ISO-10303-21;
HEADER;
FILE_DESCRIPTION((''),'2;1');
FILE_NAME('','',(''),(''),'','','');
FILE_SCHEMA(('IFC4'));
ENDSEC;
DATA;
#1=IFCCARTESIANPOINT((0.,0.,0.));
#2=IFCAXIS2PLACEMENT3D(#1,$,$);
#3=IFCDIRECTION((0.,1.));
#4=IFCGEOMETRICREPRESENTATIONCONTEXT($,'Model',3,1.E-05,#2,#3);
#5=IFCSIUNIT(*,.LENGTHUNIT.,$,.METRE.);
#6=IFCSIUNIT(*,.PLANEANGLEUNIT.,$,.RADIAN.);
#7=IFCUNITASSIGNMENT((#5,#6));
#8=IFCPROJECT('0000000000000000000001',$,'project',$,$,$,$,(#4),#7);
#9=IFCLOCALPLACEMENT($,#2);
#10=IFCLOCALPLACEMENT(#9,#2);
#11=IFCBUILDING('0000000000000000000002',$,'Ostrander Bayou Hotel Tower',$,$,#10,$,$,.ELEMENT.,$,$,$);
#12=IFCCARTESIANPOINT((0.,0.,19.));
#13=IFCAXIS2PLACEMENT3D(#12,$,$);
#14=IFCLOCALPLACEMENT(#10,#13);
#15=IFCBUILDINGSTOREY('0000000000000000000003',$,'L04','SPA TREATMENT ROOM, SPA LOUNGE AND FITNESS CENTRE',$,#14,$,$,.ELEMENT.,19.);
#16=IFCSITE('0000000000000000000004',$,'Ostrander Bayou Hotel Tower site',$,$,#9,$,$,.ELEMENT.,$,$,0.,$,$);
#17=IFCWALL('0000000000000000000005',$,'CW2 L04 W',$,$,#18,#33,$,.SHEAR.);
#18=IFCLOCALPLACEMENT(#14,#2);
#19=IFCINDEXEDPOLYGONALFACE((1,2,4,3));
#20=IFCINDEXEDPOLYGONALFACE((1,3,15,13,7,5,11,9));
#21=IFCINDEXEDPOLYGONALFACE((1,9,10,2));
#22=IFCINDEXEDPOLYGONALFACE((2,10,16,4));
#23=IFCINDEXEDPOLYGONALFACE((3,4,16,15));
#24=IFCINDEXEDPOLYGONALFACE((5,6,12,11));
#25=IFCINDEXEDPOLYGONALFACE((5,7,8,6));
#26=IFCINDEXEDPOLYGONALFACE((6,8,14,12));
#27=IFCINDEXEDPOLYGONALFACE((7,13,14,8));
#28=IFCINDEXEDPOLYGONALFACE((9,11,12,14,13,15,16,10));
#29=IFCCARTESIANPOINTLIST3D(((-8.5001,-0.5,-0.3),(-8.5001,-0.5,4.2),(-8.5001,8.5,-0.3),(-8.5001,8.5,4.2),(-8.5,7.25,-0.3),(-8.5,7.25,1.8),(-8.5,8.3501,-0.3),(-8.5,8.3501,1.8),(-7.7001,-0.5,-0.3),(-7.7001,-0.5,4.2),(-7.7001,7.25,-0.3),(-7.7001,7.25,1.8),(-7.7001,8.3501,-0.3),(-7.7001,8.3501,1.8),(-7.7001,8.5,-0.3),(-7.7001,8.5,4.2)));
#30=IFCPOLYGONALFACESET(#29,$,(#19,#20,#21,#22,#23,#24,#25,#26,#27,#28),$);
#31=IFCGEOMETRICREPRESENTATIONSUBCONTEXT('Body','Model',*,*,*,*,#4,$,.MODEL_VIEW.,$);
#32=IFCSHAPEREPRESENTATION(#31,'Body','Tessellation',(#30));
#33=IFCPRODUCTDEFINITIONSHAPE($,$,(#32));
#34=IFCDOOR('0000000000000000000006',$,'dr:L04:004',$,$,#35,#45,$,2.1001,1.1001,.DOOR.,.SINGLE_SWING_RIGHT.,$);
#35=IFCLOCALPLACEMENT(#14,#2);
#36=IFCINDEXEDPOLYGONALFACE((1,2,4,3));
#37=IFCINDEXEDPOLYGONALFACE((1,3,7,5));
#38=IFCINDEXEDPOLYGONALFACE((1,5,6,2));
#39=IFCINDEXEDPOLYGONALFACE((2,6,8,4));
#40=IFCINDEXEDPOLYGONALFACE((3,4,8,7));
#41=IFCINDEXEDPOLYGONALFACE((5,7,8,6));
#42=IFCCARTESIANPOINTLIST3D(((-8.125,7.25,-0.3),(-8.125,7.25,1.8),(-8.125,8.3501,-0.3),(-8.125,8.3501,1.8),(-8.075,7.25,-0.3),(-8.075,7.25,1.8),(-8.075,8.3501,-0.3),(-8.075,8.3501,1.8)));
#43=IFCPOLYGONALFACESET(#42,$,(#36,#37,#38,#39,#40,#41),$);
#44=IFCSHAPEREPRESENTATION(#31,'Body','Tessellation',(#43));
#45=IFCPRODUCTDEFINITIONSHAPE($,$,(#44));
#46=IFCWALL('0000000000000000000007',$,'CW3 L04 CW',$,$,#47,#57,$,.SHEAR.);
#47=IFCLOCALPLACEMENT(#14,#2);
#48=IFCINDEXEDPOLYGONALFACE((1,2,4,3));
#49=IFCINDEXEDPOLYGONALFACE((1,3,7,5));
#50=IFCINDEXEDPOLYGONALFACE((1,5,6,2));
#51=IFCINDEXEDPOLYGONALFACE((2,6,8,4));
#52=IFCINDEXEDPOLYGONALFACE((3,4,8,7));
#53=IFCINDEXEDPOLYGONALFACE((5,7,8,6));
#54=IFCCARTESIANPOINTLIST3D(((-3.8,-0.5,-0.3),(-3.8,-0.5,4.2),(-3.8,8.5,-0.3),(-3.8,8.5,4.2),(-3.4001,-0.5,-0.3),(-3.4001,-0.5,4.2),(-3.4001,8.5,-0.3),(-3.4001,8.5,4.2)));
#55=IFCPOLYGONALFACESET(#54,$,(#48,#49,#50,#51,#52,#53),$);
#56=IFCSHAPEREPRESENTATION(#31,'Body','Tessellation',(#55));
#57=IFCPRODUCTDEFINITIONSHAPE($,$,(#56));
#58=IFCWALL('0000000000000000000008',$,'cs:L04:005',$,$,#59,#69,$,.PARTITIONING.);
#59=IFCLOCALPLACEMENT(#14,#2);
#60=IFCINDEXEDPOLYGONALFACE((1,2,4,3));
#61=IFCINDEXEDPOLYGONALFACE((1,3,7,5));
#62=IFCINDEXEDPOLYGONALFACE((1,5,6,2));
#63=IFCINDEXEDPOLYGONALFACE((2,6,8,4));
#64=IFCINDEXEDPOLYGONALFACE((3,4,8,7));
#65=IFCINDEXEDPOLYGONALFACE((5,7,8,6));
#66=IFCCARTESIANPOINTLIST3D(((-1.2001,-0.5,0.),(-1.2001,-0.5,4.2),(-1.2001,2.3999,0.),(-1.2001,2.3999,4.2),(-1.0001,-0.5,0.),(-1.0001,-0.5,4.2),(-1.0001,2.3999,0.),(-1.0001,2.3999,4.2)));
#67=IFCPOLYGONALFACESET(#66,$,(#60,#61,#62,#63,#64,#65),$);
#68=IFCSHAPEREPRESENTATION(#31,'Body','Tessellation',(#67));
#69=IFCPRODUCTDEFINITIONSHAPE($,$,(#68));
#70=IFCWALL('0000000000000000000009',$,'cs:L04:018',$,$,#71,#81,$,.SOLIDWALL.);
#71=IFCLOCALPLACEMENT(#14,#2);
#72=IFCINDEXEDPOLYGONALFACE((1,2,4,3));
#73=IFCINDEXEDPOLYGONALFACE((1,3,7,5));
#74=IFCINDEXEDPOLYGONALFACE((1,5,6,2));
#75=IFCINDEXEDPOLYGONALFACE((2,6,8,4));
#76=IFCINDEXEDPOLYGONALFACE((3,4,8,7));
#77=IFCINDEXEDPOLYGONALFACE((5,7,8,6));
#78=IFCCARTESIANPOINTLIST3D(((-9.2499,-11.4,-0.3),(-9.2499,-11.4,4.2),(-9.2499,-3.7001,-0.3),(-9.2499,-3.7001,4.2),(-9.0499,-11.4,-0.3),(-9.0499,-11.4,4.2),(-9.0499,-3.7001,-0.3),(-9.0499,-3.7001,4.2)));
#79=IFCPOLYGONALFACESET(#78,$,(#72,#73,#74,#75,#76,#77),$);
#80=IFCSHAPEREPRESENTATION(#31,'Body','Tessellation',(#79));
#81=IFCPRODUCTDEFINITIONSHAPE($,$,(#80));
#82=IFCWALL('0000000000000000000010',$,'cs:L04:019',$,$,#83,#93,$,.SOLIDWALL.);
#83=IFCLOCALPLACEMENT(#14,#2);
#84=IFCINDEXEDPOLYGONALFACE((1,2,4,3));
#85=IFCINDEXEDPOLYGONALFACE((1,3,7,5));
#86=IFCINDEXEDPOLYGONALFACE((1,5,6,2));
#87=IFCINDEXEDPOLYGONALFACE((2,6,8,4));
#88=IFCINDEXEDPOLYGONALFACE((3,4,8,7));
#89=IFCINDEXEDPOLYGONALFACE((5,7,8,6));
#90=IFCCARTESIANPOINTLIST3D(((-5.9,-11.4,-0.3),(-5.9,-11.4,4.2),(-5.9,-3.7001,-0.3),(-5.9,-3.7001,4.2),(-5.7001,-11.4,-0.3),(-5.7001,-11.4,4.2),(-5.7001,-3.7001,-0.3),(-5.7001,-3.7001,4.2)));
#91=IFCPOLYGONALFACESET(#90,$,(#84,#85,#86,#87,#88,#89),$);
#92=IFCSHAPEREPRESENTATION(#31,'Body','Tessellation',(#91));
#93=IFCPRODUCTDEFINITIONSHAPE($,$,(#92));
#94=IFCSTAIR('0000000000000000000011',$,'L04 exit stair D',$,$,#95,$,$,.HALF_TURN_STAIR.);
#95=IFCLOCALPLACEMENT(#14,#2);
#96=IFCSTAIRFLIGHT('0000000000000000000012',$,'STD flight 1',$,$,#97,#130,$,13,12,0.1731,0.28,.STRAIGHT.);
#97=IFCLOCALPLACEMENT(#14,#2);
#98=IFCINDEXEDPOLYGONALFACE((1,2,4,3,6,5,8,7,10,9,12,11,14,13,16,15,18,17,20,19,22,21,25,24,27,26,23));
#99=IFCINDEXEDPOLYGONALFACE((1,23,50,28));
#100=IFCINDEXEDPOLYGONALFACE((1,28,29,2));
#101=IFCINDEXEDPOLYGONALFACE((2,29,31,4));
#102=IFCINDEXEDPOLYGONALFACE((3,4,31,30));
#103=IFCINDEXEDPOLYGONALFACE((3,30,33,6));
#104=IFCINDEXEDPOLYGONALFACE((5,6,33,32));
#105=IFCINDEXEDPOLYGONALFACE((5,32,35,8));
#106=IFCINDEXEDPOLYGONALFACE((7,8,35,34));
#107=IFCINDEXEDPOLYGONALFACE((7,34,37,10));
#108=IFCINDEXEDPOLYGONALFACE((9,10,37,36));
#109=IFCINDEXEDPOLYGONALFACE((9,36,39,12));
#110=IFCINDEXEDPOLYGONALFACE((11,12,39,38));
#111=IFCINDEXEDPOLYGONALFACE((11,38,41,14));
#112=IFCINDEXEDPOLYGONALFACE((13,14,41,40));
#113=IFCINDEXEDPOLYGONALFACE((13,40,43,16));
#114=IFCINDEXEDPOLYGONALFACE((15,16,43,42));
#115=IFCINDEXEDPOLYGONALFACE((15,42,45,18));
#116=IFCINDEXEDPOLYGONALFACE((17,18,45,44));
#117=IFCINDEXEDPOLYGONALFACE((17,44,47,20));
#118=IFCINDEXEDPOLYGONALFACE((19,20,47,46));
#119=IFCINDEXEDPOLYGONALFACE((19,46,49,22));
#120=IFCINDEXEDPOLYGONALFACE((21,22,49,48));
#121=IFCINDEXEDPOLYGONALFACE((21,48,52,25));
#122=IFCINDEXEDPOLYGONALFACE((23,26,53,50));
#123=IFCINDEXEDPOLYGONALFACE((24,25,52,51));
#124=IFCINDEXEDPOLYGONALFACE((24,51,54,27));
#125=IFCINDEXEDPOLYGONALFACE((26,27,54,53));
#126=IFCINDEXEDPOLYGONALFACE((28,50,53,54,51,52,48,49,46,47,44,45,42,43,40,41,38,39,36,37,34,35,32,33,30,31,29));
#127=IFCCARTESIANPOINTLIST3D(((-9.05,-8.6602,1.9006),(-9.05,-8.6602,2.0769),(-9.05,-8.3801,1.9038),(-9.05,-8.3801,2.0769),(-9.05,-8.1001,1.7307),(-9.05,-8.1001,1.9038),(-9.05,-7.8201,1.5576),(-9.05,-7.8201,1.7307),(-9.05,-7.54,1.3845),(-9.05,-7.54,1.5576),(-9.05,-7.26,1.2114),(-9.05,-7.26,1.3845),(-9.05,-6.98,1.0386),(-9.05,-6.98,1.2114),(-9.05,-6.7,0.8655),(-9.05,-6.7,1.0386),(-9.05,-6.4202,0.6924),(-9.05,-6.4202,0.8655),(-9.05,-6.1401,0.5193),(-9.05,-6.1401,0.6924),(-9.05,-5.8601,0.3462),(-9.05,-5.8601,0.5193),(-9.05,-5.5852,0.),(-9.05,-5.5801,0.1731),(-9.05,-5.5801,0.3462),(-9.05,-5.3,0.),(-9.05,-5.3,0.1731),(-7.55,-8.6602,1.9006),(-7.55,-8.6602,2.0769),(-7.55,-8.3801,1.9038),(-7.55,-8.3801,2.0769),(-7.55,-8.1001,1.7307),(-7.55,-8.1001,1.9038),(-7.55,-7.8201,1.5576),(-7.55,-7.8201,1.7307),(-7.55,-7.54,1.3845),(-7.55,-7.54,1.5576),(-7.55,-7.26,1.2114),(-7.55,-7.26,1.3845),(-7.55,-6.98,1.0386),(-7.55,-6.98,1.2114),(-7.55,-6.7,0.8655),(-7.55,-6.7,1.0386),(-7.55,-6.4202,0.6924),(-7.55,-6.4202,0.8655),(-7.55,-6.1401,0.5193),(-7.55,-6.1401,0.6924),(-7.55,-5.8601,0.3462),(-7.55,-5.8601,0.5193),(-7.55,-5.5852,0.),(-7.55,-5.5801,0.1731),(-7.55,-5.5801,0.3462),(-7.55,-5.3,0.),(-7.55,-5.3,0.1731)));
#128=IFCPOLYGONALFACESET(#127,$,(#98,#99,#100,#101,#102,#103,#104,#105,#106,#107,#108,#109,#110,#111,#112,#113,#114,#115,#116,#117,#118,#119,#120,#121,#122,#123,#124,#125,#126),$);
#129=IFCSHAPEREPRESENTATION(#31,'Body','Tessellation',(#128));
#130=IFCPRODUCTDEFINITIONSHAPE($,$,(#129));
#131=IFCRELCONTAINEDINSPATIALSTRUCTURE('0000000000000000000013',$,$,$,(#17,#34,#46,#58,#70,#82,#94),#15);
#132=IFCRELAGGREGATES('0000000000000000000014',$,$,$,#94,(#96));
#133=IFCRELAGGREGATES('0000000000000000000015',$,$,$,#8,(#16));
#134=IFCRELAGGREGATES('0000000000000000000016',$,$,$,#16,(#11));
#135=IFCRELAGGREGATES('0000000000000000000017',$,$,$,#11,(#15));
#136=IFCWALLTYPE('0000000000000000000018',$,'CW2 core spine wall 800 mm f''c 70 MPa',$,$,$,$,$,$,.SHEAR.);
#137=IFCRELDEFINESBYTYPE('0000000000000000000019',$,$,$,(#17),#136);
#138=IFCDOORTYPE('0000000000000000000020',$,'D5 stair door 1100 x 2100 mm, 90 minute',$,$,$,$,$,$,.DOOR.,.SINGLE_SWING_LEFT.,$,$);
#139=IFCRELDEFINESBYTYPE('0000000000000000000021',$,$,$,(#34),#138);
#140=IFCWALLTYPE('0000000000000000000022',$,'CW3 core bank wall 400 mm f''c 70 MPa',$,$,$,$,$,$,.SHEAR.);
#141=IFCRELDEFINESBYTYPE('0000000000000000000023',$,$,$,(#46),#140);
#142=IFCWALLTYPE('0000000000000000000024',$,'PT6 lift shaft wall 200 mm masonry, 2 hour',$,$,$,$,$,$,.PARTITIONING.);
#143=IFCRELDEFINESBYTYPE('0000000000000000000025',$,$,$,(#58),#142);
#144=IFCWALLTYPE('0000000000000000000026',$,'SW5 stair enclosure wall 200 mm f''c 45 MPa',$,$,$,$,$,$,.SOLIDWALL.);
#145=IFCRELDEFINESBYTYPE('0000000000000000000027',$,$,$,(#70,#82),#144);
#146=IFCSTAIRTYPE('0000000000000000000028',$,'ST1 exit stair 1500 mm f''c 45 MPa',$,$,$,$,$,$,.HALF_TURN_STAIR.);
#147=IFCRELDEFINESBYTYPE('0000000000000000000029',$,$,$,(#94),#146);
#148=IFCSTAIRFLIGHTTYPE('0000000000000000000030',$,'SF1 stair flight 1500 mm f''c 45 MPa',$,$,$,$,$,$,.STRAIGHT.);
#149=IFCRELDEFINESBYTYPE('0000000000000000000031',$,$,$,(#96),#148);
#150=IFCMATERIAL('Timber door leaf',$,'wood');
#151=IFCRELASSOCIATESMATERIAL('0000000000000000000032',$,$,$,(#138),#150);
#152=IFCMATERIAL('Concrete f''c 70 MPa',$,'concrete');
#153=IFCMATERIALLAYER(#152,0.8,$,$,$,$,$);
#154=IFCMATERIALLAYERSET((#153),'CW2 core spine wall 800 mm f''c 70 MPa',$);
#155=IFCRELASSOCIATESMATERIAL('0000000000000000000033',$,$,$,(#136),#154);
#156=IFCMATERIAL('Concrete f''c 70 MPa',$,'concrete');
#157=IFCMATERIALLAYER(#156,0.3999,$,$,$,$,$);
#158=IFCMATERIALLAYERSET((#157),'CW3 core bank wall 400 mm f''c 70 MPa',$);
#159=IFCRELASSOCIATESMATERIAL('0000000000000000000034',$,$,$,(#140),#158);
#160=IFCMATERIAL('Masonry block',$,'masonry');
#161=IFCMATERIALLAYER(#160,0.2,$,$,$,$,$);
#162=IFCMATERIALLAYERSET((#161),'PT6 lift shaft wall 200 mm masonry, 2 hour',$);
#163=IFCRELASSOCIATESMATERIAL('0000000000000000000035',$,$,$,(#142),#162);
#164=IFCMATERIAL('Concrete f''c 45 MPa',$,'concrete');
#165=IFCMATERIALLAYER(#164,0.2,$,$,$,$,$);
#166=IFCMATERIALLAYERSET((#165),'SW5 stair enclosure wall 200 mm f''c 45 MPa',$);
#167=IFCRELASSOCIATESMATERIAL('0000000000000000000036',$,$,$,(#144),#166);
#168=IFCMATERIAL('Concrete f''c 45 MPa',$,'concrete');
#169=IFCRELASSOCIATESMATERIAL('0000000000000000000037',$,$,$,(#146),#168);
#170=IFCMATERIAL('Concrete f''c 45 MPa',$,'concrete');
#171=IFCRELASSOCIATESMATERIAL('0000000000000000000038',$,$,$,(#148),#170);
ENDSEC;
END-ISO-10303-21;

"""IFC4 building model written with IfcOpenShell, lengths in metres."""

from ifc_helpers import new_model, si_unit, direction, frame, frame_2d, origin, place, context, subcontext, project, spatial, polyline, rectangle, outline, extrude, material, layer, layer_set, type_object, element, fill, aggregate, save


model = new_model("IFC4")

# Units and contexts
model_context = context("Model", 3, precision=1e-05, world=origin(), true_north=direction((0.0, 1.0)))
body_context = subcontext(model_context, "Body", "Model", "MODEL_VIEW")
ifc_project = project(units=[si_unit("LENGTHUNIT", "METRE"), si_unit("PLANEANGLEUNIT", "RADIAN")], contexts=[model_context])

# Site, building, storey
site_placement = place(None, origin())
site = spatial("IfcSite", under=ifc_project, at=site_placement, Name="Ostrander Bayou Hotel Tower site", CompositionType="ELEMENT", RefElevation=0.0)
building_placement = place(site_placement, origin())
building = spatial("IfcBuilding", under=site, at=building_placement, Name="Ostrander Bayou Hotel Tower", CompositionType="ELEMENT")
storey_placement = place(building_placement, frame((0.0, 0.0, 19.0)))
storey = spatial("IfcBuildingStorey", under=building, at=storey_placement, Name="L04", Description="SPA TREATMENT ROOM, SPA LOUNGE AND FITNESS CENTRE", CompositionType="ELEMENT", Elevation=19.0)

# Shared definitions
ifc_material_1 = material(Name="Timber door leaf", Category="wood")
door_type_1 = type_object("IfcDoorType", Name="D5 stair door 1100 x 2100 mm, 90 minute", OperationType="SINGLE_SWING_LEFT", PredefinedType="DOOR", material=ifc_material_1)

# Wall, opening, door
ifc_material_2 = material(Name="Concrete f'c 70 MPa", Category="concrete")
ifc_layer_1 = layer(ifc_material_2, 0.8)
ifc_layer_set_1 = layer_set([ifc_layer_1], Name="CW2 core spine wall 800 mm f'c 70 MPa")
wall_type_1 = type_object("IfcWallType", Name="CW2 core spine wall 800 mm f'c 70 MPa", PredefinedType="SHEAR", material=ifc_layer_set_1)
wall_1_placement = place(storey_placement, frame((-8.1001, -0.5, -0.3), z_axis=(0.0, 0.0, 1.0), x_axis=(0.0, 1.0, 0.0)))
wall_1 = element("IfcWall", 1, at=wall_1_placement, inside=storey, type_object=wall_type_1, Name="CW2 L04 W", PredefinedType="SHEAR", context=body_context, shape_type="SweptSolid", body=[
    extrude(rectangle(XDim=9.0, YDim=0.8, at=frame_2d((4.5, 0.0))), origin(), (0.0, 0.0, 1.0), 4.5),
])
opening_1_placement = place(wall_1_placement, frame((7.75, 0.0, 0.0)))
opening_1 = element("IfcOpeningElement", 2, at=opening_1_placement, cuts=wall_1, PredefinedType="OPENING", context=body_context, shape_type="SweptSolid", body=[
    extrude(rectangle(XDim=1.1001, YDim=2.1001, at=frame_2d((0.55, 1.05))), frame((0.0, 0.3999, 0.0), z_axis=(0.0, -1.0, 0.0), x_axis=(1.0, 0.0, 0.0)), (0.0, 0.0, 1.0), 0.8),
])
door_1_placement = place(opening_1_placement, origin())
door_1 = element("IfcDoor", 3, at=door_1_placement, inside=storey, type_object=door_type_1, Name="dr:L04:004", OperationType="SINGLE_SWING_RIGHT", OverallHeight=2.1001, OverallWidth=1.1001, PredefinedType="DOOR", context=body_context, shape_type="SweptSolid", body=[
    extrude(rectangle(XDim=1.1001, YDim=2.1001, at=frame_2d((0.55, 1.05))), frame((0.0, 0.0249, 0.0), z_axis=(0.0, -1.0, 0.0), x_axis=(1.0, 0.0, 0.0)), (0.0, 0.0, 1.0), 0.05),
])
fill(opening_1, door_1)

# Wall
ifc_material_3 = material(Name="Concrete f'c 70 MPa", Category="concrete")
ifc_layer_2 = layer(ifc_material_3, 0.3999)
ifc_layer_set_2 = layer_set([ifc_layer_2], Name="CW3 core bank wall 400 mm f'c 70 MPa")
wall_type_2 = type_object("IfcWallType", Name="CW3 core bank wall 400 mm f'c 70 MPa", PredefinedType="SHEAR", material=ifc_layer_set_2)
wall_2_placement = place(storey_placement, frame((-3.6001, -0.5, -0.3), z_axis=(0.0, 0.0, 1.0), x_axis=(0.0, 1.0, 0.0)))
element("IfcWall", 4, at=wall_2_placement, inside=storey, type_object=wall_type_2, Name="CW3 L04 CW", PredefinedType="SHEAR", context=body_context, shape_type="SweptSolid", body=[
    extrude(rectangle(XDim=9.0, YDim=0.3999, at=frame_2d((4.5, 0.0))), origin(), (0.0, 0.0, 1.0), 4.5),
])

# Wall
ifc_material_4 = material(Name="Masonry block", Category="masonry")
ifc_layer_3 = layer(ifc_material_4, 0.2)
ifc_layer_set_3 = layer_set([ifc_layer_3], Name="PT6 lift shaft wall 200 mm masonry, 2 hour")
wall_type_3 = type_object("IfcWallType", Name="PT6 lift shaft wall 200 mm masonry, 2 hour", PredefinedType="PARTITIONING", material=ifc_layer_set_3)
wall_3_placement = place(storey_placement, frame((-1.1001, -0.5, 0.0), z_axis=(0.0, 0.0, 1.0), x_axis=(0.0, 1.0, 0.0)))
element("IfcWall", 5, at=wall_3_placement, inside=storey, type_object=wall_type_3, Name="cs:L04:005", PredefinedType="PARTITIONING", context=body_context, shape_type="SweptSolid", body=[
    extrude(rectangle(XDim=2.8999, YDim=0.2, at=frame_2d((1.45, 0.0))), origin(), (0.0, 0.0, 1.0), 4.2),
])

# Shared definitions
ifc_material_5 = material(Name="Concrete f'c 45 MPa", Category="concrete")
ifc_layer_4 = layer(ifc_material_5, 0.2)
ifc_layer_set_4 = layer_set([ifc_layer_4], Name="SW5 stair enclosure wall 200 mm f'c 45 MPa")
wall_type_4 = type_object("IfcWallType", Name="SW5 stair enclosure wall 200 mm f'c 45 MPa", PredefinedType="SOLIDWALL", material=ifc_layer_set_4)

# Walls
for number, where, z_axis, x_axis, name in (
    (6, (-9.1499, -3.7, -0.3), (0.0, 0.0, 1.0), (0.0, -1.0, 0.0), "cs:L04:018"),
    (7, (-5.8, -3.7, -0.3), (0.0, 0.0, 1.0), (0.0, -1.0, 0.0), "cs:L04:019"),
):
    element("IfcWall", number, at=place(storey_placement, frame(where, z_axis=z_axis, x_axis=x_axis)), inside=storey, type_object=wall_type_4, Name=name, PredefinedType="SOLIDWALL", context=body_context, shape_type="SweptSolid", body=[
        extrude(rectangle(XDim=7.7, YDim=0.2, at=frame_2d((3.8501, 0.0))), origin(), (0.0, 0.0, 1.0), 4.5),
    ])

# Stair, stair flight
ifc_material_6 = material(Name="Concrete f'c 45 MPa", Category="concrete")
stair_type = type_object("IfcStairType", Name="ST1 exit stair 1500 mm f'c 45 MPa", PredefinedType="HALF_TURN_STAIR", material=ifc_material_6)
stair_placement = place(storey_placement, origin())
stair = element("IfcStair", 8, at=stair_placement, inside=storey, type_object=stair_type, Name="L04 exit stair D", PredefinedType="HALF_TURN_STAIR")
ifc_material_7 = material(Name="Concrete f'c 45 MPa", Category="concrete")
stair_flight_type = type_object("IfcStairFlightType", Name="SF1 stair flight 1500 mm f'c 45 MPa", PredefinedType="STRAIGHT", material=ifc_material_7)
stair_flight_placement = place(storey_placement, frame((-8.3, -5.3, 0.0), z_axis=(0.0, 0.0, 1.0), x_axis=(0.0, -1.0, 0.0)))
stair_flight = element("IfcStairFlight", 9, at=stair_flight_placement, type_object=stair_flight_type, Name="STD flight 1", NumberOfRisers=13, NumberOfTreads=12, PredefinedType="STRAIGHT", RiserHeight=0.1731, TreadLength=0.28, context=body_context, shape_type="SweptSolid", body=[
    extrude(outline(polyline([(0.0, 0.0), (0.0, 0.1731), (0.28, 0.1731), (0.28, 0.3462), (0.5601, 0.3462), (0.5601, 0.5193), (0.8401, 0.5193), (0.8401, 0.6924), (1.1201, 0.6924), (1.1201, 0.8655), (1.3999, 0.8655), (1.3999, 1.0386), (1.6799, 1.0386), (1.6799, 1.2114), (1.96, 1.2114), (1.96, 1.3845), (2.24, 1.3845), (2.24, 1.5576), (2.52, 1.5576), (2.52, 1.7307), (2.8, 1.7307), (2.8, 1.9038), (3.0801, 1.9038), (3.0801, 2.0769), (3.3601, 2.0769), (3.3601, 2.25), (3.3601, 1.9006), (0.2852, 0.0), (0.0, 0.0)])), frame((0.0, 0.75, 0.0), z_axis=(0.0, -1.0, 0.0), x_axis=(1.0, 0.0, 0.0)), (0.0, 0.0, 1.0), 1.5),
])
aggregate(stair, [stair_flight])

save(model, "model.ifc")
